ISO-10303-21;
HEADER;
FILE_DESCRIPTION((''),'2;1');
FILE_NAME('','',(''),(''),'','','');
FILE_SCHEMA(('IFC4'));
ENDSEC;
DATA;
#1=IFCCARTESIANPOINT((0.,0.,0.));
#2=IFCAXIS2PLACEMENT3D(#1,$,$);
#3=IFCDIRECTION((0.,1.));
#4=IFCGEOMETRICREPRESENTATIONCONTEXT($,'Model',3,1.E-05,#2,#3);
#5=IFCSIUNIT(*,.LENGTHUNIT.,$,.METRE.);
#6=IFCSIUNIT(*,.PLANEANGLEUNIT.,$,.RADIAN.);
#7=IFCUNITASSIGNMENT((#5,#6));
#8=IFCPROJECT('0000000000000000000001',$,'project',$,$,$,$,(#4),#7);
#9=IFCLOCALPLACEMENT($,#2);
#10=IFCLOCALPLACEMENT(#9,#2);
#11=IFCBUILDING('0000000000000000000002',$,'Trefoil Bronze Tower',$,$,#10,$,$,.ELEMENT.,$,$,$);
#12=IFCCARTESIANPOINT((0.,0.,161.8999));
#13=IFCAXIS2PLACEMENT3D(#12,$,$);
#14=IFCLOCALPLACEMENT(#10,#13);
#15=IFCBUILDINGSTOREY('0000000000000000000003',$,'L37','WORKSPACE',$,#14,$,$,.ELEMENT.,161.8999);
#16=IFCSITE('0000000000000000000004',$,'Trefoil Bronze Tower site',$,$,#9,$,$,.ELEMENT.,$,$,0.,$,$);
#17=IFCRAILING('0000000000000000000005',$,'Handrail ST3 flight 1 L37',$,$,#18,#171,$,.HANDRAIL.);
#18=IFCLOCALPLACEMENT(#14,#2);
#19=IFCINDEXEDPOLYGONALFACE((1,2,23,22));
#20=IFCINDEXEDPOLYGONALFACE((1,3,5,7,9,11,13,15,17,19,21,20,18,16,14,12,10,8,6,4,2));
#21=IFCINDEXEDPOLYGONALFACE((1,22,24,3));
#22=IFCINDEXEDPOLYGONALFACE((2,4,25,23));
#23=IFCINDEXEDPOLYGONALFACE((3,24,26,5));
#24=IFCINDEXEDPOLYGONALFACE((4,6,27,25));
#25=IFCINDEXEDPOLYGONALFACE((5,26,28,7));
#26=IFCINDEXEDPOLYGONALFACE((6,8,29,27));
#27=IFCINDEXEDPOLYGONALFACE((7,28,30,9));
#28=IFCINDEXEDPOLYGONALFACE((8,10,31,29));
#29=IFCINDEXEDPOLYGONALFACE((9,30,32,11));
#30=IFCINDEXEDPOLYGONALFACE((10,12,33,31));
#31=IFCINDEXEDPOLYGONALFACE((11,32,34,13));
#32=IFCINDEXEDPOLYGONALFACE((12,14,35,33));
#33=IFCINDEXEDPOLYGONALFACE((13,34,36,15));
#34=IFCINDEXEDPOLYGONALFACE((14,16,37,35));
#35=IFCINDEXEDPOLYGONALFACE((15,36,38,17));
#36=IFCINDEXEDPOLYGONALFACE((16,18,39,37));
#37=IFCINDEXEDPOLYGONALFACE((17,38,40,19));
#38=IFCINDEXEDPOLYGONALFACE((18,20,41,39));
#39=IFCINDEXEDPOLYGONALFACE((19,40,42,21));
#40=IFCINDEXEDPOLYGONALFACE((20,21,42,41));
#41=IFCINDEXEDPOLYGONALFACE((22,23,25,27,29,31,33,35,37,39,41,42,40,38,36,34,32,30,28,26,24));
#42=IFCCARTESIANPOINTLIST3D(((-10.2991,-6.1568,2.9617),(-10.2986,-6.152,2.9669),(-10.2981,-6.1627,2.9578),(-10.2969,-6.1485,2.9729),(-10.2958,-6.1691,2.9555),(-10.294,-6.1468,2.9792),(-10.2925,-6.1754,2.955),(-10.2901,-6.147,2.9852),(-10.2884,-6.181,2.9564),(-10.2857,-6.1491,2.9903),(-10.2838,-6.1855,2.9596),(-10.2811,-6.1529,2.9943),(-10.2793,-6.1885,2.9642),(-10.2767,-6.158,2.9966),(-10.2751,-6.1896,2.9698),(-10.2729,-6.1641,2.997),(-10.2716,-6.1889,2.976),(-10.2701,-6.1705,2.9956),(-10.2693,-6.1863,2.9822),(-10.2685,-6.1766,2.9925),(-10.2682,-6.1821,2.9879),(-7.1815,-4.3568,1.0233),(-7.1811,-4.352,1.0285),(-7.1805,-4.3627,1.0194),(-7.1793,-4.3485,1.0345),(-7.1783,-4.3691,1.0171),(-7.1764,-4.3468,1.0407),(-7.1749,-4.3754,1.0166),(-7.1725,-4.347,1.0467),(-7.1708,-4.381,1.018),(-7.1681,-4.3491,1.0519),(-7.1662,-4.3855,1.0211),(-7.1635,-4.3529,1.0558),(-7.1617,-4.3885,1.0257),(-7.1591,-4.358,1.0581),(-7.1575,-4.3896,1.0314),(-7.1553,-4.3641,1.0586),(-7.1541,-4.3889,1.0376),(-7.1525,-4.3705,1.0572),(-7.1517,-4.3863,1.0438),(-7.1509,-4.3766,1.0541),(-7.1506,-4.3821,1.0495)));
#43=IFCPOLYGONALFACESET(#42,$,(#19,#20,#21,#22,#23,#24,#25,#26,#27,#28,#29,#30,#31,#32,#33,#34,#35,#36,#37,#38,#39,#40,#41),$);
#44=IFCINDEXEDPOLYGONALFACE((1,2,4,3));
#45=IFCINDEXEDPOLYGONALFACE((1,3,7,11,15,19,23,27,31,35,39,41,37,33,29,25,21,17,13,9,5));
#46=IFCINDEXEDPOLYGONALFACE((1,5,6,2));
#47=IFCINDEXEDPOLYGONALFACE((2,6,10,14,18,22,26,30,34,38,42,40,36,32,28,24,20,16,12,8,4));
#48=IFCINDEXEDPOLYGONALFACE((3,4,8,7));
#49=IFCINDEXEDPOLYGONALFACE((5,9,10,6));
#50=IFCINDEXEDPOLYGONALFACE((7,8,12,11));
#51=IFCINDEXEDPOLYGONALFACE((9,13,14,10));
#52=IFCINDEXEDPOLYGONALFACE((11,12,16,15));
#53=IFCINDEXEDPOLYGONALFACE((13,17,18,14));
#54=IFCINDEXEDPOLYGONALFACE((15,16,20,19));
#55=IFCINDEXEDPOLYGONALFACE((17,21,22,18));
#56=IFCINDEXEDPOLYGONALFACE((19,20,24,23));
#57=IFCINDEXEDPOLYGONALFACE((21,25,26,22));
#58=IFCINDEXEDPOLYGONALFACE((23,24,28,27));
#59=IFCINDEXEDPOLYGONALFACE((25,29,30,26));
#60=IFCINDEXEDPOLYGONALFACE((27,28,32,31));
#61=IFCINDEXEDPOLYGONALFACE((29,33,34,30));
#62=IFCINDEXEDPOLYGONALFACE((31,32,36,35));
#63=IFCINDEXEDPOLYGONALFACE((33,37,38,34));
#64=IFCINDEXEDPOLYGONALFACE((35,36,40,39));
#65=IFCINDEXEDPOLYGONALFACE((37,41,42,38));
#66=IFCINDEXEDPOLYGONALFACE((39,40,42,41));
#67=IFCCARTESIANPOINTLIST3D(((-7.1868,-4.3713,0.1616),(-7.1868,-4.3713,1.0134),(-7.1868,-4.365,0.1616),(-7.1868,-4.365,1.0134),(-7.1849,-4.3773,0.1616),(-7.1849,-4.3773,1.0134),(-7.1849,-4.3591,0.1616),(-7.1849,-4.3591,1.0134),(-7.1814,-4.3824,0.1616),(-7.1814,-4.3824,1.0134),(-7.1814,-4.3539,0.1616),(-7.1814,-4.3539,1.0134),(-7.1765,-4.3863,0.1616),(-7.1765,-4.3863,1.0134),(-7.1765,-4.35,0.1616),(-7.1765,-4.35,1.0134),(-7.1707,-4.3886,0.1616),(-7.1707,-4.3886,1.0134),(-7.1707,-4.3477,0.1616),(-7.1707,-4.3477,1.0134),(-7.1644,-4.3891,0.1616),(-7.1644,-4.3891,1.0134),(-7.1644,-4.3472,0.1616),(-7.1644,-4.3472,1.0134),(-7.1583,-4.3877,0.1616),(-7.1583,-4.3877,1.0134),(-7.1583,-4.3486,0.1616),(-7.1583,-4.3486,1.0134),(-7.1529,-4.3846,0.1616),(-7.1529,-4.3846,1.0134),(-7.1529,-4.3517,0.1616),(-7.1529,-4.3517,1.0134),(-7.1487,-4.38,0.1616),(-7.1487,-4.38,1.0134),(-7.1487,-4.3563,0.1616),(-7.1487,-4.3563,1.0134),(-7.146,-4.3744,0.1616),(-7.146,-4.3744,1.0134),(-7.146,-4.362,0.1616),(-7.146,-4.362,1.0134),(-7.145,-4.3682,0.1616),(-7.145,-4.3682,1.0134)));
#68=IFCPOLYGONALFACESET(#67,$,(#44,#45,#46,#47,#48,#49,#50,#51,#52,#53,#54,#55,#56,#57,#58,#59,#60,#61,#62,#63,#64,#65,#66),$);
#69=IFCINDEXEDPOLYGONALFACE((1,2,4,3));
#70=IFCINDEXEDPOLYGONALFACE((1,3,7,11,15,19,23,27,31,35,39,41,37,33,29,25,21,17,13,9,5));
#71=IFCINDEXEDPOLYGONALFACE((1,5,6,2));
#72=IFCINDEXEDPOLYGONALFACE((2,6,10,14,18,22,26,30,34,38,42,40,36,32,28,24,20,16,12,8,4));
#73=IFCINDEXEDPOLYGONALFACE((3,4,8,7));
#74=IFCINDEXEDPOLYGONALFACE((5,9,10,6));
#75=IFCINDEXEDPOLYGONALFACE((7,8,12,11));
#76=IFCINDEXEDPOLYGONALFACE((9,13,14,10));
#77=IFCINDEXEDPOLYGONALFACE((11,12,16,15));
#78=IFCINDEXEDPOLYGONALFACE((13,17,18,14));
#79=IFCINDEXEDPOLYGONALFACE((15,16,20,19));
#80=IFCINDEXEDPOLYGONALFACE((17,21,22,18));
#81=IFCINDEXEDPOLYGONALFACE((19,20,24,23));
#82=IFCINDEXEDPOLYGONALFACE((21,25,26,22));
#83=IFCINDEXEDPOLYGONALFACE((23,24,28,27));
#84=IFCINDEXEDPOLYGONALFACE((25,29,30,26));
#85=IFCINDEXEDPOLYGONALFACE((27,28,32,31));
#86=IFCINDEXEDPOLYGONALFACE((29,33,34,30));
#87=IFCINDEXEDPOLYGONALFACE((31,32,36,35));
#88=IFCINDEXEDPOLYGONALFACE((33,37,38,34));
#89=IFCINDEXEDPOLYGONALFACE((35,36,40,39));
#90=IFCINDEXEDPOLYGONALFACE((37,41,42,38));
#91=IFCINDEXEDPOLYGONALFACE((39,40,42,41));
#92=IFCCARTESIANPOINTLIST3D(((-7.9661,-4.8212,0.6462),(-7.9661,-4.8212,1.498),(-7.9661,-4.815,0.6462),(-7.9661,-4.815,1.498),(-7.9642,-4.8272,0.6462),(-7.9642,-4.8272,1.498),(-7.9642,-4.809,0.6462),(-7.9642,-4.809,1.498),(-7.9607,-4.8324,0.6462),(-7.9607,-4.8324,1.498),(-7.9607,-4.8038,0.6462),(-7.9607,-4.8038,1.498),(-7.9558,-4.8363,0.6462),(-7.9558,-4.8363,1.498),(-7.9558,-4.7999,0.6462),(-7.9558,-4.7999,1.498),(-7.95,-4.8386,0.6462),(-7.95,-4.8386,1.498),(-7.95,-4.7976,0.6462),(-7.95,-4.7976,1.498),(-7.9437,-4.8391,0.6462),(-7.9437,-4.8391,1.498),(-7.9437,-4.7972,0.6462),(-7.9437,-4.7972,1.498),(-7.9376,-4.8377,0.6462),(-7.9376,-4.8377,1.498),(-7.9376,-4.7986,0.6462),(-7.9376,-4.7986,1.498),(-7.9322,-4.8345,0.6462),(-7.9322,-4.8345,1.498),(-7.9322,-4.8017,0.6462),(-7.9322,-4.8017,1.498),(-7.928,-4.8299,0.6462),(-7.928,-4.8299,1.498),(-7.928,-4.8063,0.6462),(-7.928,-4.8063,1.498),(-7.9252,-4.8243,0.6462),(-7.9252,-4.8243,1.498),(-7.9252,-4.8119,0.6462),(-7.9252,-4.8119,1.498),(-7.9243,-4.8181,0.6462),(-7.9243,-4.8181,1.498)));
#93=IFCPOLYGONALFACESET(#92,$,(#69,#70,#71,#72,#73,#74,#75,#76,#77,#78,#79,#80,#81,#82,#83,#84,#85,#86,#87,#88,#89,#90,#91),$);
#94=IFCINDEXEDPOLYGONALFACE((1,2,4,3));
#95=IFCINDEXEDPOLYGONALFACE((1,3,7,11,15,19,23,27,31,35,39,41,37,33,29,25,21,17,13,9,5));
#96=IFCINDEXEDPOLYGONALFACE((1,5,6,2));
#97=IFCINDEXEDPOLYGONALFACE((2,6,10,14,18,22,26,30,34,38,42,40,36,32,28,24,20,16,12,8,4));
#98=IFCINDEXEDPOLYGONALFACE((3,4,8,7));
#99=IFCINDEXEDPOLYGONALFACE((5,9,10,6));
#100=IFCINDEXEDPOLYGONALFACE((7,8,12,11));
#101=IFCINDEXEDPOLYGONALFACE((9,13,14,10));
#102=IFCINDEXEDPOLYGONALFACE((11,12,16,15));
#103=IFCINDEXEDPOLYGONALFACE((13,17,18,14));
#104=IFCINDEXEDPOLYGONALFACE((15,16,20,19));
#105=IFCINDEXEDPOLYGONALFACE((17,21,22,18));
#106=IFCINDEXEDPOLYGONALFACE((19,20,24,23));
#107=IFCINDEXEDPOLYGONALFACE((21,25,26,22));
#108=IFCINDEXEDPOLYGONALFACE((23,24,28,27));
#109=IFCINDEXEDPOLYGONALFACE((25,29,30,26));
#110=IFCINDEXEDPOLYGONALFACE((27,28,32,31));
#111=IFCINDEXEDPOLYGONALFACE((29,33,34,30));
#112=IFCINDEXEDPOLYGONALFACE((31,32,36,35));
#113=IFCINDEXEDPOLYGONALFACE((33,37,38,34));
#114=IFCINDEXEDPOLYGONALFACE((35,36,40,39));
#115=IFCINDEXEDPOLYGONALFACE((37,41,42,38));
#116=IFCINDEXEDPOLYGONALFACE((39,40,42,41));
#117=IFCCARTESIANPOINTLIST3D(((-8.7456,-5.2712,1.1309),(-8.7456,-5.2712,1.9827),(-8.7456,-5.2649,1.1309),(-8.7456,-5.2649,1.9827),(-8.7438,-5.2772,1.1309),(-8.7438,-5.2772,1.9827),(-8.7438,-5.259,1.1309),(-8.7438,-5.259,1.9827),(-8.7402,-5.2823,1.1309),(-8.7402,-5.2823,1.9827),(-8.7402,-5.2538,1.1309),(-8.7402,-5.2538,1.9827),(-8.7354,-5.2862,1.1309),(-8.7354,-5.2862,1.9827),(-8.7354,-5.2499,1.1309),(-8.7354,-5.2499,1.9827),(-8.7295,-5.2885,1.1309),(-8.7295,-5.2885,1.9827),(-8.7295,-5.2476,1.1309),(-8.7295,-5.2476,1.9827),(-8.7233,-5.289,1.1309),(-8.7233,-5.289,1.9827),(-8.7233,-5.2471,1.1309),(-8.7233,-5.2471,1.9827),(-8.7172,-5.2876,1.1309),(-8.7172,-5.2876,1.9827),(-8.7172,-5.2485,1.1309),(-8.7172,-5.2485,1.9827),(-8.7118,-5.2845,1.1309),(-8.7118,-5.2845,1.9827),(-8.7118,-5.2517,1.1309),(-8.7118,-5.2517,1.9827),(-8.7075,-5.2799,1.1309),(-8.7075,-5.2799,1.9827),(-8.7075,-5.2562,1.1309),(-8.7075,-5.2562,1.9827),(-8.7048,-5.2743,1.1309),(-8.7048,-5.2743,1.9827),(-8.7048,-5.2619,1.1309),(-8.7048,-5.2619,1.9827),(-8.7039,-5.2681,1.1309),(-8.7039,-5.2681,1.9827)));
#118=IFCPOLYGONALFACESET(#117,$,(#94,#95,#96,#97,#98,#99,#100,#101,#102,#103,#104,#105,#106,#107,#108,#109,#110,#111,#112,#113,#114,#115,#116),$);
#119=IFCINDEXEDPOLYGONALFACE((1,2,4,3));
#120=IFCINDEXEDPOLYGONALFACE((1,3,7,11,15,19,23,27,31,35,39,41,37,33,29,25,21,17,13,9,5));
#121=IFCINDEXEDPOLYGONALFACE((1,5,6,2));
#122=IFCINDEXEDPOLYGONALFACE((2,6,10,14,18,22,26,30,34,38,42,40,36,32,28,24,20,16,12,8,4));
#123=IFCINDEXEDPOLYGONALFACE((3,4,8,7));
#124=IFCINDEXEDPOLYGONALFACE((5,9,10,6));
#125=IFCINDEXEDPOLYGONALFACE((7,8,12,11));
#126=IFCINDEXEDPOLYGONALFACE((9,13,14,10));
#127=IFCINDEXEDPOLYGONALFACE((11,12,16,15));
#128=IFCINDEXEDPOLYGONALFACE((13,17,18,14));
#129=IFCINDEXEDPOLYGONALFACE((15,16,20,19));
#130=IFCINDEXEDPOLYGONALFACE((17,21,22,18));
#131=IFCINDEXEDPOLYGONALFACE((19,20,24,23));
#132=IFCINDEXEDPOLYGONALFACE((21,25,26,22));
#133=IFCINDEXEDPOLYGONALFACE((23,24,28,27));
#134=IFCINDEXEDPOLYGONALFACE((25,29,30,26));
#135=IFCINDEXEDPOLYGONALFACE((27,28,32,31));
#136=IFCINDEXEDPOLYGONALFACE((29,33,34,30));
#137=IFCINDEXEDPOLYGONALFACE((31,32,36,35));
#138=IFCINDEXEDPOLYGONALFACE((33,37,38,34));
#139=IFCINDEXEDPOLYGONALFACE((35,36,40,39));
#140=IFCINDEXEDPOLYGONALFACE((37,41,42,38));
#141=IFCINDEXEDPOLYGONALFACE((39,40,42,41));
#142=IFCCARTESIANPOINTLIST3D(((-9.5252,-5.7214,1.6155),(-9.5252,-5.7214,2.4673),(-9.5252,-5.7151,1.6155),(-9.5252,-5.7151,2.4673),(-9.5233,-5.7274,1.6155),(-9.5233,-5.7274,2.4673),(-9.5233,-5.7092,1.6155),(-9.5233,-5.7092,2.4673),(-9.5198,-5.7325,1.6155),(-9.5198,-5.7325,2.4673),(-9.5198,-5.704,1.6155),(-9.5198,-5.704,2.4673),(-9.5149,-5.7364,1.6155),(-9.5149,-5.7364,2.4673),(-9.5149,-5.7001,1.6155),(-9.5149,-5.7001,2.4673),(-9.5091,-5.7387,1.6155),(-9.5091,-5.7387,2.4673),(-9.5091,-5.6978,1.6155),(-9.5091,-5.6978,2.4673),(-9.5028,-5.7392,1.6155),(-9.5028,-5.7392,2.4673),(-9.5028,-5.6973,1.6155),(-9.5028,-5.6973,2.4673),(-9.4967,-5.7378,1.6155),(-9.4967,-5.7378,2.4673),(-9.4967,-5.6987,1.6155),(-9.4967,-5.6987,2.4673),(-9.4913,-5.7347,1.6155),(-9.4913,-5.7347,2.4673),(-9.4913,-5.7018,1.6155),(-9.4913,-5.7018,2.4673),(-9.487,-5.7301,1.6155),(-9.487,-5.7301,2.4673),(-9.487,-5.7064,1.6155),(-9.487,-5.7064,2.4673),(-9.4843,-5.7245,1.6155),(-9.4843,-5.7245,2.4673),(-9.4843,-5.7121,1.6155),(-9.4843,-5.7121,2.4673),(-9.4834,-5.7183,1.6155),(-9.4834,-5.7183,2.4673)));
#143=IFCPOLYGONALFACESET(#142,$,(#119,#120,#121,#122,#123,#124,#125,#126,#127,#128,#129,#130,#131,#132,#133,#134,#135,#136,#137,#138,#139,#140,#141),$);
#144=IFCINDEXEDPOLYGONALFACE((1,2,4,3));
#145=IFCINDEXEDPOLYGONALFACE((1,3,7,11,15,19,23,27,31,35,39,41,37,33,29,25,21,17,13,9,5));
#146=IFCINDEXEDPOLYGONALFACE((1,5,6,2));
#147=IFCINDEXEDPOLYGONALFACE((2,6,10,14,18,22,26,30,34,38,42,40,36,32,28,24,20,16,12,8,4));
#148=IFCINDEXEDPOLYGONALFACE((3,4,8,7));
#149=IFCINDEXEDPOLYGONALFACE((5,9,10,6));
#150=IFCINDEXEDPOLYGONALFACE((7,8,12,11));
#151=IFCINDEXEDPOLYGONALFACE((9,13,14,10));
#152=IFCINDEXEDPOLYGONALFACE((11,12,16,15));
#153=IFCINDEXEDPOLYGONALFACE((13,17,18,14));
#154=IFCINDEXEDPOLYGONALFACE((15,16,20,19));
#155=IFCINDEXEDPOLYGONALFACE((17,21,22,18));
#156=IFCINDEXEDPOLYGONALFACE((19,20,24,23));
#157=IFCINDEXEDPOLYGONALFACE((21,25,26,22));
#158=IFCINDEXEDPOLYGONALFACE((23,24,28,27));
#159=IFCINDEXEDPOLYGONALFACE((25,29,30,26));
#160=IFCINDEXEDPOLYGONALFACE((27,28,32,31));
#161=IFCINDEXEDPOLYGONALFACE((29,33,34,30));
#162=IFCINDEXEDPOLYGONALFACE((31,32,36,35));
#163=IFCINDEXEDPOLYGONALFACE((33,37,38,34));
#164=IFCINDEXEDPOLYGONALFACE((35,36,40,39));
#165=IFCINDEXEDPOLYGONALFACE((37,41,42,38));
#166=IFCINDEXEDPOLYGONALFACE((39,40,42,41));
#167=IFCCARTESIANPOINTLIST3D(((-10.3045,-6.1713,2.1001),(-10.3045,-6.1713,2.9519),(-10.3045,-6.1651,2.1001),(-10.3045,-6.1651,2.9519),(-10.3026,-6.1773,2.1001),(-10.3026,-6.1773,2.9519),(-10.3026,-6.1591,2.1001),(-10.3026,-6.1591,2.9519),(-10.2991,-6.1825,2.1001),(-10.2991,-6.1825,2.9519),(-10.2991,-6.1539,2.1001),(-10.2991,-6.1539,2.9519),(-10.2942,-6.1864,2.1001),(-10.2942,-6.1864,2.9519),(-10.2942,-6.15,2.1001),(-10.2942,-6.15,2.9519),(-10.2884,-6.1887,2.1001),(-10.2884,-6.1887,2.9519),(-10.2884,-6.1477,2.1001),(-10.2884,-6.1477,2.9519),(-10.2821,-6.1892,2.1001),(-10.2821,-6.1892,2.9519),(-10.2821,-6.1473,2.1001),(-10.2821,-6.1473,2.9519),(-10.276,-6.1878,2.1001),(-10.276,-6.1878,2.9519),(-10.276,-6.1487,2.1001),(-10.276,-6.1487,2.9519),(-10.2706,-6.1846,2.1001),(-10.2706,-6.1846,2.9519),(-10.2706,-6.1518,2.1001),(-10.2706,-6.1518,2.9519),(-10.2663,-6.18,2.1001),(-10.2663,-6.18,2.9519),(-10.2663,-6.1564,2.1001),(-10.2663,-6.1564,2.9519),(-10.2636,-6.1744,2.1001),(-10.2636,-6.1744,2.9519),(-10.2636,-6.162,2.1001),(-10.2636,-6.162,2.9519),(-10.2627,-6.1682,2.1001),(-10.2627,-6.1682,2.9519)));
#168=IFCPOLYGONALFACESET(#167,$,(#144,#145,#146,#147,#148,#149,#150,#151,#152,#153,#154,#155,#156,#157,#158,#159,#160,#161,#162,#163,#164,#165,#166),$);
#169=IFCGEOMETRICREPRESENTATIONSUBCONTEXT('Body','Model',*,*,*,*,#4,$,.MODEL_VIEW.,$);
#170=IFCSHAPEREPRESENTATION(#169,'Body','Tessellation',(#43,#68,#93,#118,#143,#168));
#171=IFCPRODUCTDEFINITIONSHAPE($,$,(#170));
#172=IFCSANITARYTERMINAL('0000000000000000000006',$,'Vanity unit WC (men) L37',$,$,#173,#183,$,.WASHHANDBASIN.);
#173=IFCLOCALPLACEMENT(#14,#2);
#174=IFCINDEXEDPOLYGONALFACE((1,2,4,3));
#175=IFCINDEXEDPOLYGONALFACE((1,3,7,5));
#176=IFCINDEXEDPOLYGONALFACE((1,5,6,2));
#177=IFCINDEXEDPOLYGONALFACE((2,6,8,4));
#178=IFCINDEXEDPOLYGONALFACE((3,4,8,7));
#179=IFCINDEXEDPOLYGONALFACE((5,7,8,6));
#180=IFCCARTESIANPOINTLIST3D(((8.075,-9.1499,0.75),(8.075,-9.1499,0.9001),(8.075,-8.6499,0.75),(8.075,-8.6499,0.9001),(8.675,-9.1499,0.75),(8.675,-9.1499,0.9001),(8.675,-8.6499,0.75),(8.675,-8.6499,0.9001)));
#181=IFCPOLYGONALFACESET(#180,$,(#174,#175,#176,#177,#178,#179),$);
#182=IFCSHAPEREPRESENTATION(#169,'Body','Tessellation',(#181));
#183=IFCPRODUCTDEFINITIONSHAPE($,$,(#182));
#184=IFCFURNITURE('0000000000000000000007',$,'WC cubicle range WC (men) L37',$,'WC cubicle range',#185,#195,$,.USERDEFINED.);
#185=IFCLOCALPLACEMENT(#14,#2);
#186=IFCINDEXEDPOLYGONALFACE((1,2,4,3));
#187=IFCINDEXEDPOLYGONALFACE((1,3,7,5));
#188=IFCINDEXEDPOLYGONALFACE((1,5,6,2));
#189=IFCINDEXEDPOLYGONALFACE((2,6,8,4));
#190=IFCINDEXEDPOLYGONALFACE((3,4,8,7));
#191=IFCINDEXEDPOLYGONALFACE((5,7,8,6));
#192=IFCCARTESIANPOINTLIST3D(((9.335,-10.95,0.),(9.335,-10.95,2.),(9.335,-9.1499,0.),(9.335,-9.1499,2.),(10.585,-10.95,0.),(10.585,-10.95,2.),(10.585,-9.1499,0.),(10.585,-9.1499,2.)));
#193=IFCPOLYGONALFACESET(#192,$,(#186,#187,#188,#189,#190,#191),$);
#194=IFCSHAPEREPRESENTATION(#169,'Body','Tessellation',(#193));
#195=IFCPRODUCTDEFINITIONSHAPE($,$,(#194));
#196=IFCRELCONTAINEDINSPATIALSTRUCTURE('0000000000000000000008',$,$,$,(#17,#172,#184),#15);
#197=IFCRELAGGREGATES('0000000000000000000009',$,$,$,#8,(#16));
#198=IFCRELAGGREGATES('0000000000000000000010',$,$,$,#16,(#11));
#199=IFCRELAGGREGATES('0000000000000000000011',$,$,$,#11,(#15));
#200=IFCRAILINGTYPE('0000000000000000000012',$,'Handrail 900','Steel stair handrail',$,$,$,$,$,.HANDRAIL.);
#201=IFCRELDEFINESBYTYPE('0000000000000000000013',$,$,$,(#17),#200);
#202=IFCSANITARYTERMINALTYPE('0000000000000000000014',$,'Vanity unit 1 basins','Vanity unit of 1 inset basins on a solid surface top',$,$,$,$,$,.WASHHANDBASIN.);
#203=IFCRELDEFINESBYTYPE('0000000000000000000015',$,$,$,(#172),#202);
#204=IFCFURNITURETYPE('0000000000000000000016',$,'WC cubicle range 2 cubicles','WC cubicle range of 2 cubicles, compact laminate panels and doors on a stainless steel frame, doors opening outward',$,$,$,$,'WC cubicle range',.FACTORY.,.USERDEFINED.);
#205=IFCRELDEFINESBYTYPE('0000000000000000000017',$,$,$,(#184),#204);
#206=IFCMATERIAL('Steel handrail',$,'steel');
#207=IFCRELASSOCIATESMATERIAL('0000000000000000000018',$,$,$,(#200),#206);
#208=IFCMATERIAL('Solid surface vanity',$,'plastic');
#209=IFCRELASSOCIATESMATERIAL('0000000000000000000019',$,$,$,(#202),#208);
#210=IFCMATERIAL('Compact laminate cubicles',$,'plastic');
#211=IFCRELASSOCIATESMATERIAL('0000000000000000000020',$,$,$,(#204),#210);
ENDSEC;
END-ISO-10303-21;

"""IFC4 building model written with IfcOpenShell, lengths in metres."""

from ifc_helpers import new_model, si_unit, direction, frame, origin, origin_2d, place, context, subcontext, project, spatial, polyline, circle, outline, extrude, material, type_object, element, save


model = new_model("IFC4")

# Units and contexts
model_context = context("Model", 3, precision=1e-05, world=origin(), true_north=direction((0.0, 1.0)))
body_context = subcontext(model_context, "Body", "Model", "MODEL_VIEW")
ifc_project = project(units=[si_unit("LENGTHUNIT", "METRE"), si_unit("PLANEANGLEUNIT", "RADIAN")], contexts=[model_context])

# Site, building, storey
site_placement = place(None, origin())
site = spatial("IfcSite", under=ifc_project, at=site_placement, Name="Trefoil Bronze Tower site", CompositionType="ELEMENT", RefElevation=0.0)
building_placement = place(site_placement, origin())
building = spatial("IfcBuilding", under=site, at=building_placement, Name="Trefoil Bronze Tower", CompositionType="ELEMENT")
storey_placement = place(building_placement, frame((0.0, 0.0, 161.8999)))
storey = spatial("IfcBuildingStorey", under=building, at=storey_placement, Name="L37", Description="WORKSPACE", CompositionType="ELEMENT", Elevation=161.8999)

# Railing
ifc_material_1 = material(Name="Steel handrail", Category="steel")
railing_type = type_object("IfcRailingType", Name="Handrail 900", Description="Steel stair handrail", PredefinedType="HANDRAIL", material=ifc_material_1)
railing_placement = place(storey_placement, frame((-7.166, -4.3682, 0.1616)))
element("IfcRailing", 1, at=railing_placement, inside=storey, type_object=railing_type, Name="Handrail ST3 flight 1 L37", PredefinedType="HANDRAIL", context=body_context, shape_type="SweptSolid", body=[
    extrude(circle(Radius=0.0239, at=origin_2d()), frame((0.0, 0.0, 0.876), z_axis=(-0.762503, -0.440246, 0.474102), x_axis=(0.500012, -0.866018, 0.0)), (0.0, 0.0, 1.0), 4.0886),
    extrude(circle(Radius=0.021, at=origin_2d()), origin(), (0.0, 0.0, 1.0), 0.8518),
    extrude(circle(Radius=0.021, at=origin_2d()), frame((-0.7793, -0.45, 0.4846)), (0.0, 0.0, 1.0), 0.8518),
    extrude(circle(Radius=0.021, at=origin_2d()), frame((-1.5588, -0.8999, 0.9692)), (0.0, 0.0, 1.0), 0.8518),
    extrude(circle(Radius=0.021, at=origin_2d()), frame((-2.3384, -1.3501, 1.4539)), (0.0, 0.0, 1.0), 0.8518),
    extrude(circle(Radius=0.021, at=origin_2d()), frame((-3.1177, -1.8, 1.9385)), (0.0, 0.0, 1.0), 0.8518),
])

# Sanitary terminal
ifc_material_2 = material(Name="Solid surface vanity", Category="plastic")
sanitary_terminal_type = type_object("IfcSanitaryTerminalType", Name="Vanity unit 1 basins", Description="Vanity unit of 1 inset basins on a solid surface top", PredefinedType="WASHHANDBASIN", material=ifc_material_2)
sanitary_terminal_placement = place(storey_placement, frame((0.0, 0.0, 0.75)))
element("IfcSanitaryTerminal", 2, at=sanitary_terminal_placement, inside=storey, type_object=sanitary_terminal_type, Name="Vanity unit WC (men) L37", PredefinedType="WASHHANDBASIN", context=body_context, shape_type="SweptSolid", body=[
    extrude(outline(polyline([(8.075, -8.6499), (8.675, -8.6499), (8.675, -9.1499), (8.075, -9.1499), (8.075, -8.6499)])), origin(), (0.0, 0.0, 1.0), 0.1501),
])

# Furniture
ifc_material_3 = material(Name="Compact laminate cubicles", Category="plastic")
furniture_type = type_object("IfcFurnitureType", Name="WC cubicle range 2 cubicles", Description="WC cubicle range of 2 cubicles, compact laminate panels and doors on a stainless steel frame, doors opening outward", ElementType="WC cubicle range", AssemblyPlace="FACTORY", PredefinedType="USERDEFINED", material=ifc_material_3)
furniture_placement = place(storey_placement, origin())
element("IfcFurniture", 3, at=furniture_placement, inside=storey, type_object=furniture_type, Name="WC cubicle range WC (men) L37", ObjectType="WC cubicle range", PredefinedType="USERDEFINED", context=body_context, shape_type="SweptSolid", body=[
    extrude(outline(polyline([(9.335, -9.1499), (10.585, -9.1499), (10.585, -10.95), (9.335, -10.95), (9.335, -9.1499)])), origin(), (0.0, 0.0, 1.0), 2.0),
])

save(model, "model.ifc")
